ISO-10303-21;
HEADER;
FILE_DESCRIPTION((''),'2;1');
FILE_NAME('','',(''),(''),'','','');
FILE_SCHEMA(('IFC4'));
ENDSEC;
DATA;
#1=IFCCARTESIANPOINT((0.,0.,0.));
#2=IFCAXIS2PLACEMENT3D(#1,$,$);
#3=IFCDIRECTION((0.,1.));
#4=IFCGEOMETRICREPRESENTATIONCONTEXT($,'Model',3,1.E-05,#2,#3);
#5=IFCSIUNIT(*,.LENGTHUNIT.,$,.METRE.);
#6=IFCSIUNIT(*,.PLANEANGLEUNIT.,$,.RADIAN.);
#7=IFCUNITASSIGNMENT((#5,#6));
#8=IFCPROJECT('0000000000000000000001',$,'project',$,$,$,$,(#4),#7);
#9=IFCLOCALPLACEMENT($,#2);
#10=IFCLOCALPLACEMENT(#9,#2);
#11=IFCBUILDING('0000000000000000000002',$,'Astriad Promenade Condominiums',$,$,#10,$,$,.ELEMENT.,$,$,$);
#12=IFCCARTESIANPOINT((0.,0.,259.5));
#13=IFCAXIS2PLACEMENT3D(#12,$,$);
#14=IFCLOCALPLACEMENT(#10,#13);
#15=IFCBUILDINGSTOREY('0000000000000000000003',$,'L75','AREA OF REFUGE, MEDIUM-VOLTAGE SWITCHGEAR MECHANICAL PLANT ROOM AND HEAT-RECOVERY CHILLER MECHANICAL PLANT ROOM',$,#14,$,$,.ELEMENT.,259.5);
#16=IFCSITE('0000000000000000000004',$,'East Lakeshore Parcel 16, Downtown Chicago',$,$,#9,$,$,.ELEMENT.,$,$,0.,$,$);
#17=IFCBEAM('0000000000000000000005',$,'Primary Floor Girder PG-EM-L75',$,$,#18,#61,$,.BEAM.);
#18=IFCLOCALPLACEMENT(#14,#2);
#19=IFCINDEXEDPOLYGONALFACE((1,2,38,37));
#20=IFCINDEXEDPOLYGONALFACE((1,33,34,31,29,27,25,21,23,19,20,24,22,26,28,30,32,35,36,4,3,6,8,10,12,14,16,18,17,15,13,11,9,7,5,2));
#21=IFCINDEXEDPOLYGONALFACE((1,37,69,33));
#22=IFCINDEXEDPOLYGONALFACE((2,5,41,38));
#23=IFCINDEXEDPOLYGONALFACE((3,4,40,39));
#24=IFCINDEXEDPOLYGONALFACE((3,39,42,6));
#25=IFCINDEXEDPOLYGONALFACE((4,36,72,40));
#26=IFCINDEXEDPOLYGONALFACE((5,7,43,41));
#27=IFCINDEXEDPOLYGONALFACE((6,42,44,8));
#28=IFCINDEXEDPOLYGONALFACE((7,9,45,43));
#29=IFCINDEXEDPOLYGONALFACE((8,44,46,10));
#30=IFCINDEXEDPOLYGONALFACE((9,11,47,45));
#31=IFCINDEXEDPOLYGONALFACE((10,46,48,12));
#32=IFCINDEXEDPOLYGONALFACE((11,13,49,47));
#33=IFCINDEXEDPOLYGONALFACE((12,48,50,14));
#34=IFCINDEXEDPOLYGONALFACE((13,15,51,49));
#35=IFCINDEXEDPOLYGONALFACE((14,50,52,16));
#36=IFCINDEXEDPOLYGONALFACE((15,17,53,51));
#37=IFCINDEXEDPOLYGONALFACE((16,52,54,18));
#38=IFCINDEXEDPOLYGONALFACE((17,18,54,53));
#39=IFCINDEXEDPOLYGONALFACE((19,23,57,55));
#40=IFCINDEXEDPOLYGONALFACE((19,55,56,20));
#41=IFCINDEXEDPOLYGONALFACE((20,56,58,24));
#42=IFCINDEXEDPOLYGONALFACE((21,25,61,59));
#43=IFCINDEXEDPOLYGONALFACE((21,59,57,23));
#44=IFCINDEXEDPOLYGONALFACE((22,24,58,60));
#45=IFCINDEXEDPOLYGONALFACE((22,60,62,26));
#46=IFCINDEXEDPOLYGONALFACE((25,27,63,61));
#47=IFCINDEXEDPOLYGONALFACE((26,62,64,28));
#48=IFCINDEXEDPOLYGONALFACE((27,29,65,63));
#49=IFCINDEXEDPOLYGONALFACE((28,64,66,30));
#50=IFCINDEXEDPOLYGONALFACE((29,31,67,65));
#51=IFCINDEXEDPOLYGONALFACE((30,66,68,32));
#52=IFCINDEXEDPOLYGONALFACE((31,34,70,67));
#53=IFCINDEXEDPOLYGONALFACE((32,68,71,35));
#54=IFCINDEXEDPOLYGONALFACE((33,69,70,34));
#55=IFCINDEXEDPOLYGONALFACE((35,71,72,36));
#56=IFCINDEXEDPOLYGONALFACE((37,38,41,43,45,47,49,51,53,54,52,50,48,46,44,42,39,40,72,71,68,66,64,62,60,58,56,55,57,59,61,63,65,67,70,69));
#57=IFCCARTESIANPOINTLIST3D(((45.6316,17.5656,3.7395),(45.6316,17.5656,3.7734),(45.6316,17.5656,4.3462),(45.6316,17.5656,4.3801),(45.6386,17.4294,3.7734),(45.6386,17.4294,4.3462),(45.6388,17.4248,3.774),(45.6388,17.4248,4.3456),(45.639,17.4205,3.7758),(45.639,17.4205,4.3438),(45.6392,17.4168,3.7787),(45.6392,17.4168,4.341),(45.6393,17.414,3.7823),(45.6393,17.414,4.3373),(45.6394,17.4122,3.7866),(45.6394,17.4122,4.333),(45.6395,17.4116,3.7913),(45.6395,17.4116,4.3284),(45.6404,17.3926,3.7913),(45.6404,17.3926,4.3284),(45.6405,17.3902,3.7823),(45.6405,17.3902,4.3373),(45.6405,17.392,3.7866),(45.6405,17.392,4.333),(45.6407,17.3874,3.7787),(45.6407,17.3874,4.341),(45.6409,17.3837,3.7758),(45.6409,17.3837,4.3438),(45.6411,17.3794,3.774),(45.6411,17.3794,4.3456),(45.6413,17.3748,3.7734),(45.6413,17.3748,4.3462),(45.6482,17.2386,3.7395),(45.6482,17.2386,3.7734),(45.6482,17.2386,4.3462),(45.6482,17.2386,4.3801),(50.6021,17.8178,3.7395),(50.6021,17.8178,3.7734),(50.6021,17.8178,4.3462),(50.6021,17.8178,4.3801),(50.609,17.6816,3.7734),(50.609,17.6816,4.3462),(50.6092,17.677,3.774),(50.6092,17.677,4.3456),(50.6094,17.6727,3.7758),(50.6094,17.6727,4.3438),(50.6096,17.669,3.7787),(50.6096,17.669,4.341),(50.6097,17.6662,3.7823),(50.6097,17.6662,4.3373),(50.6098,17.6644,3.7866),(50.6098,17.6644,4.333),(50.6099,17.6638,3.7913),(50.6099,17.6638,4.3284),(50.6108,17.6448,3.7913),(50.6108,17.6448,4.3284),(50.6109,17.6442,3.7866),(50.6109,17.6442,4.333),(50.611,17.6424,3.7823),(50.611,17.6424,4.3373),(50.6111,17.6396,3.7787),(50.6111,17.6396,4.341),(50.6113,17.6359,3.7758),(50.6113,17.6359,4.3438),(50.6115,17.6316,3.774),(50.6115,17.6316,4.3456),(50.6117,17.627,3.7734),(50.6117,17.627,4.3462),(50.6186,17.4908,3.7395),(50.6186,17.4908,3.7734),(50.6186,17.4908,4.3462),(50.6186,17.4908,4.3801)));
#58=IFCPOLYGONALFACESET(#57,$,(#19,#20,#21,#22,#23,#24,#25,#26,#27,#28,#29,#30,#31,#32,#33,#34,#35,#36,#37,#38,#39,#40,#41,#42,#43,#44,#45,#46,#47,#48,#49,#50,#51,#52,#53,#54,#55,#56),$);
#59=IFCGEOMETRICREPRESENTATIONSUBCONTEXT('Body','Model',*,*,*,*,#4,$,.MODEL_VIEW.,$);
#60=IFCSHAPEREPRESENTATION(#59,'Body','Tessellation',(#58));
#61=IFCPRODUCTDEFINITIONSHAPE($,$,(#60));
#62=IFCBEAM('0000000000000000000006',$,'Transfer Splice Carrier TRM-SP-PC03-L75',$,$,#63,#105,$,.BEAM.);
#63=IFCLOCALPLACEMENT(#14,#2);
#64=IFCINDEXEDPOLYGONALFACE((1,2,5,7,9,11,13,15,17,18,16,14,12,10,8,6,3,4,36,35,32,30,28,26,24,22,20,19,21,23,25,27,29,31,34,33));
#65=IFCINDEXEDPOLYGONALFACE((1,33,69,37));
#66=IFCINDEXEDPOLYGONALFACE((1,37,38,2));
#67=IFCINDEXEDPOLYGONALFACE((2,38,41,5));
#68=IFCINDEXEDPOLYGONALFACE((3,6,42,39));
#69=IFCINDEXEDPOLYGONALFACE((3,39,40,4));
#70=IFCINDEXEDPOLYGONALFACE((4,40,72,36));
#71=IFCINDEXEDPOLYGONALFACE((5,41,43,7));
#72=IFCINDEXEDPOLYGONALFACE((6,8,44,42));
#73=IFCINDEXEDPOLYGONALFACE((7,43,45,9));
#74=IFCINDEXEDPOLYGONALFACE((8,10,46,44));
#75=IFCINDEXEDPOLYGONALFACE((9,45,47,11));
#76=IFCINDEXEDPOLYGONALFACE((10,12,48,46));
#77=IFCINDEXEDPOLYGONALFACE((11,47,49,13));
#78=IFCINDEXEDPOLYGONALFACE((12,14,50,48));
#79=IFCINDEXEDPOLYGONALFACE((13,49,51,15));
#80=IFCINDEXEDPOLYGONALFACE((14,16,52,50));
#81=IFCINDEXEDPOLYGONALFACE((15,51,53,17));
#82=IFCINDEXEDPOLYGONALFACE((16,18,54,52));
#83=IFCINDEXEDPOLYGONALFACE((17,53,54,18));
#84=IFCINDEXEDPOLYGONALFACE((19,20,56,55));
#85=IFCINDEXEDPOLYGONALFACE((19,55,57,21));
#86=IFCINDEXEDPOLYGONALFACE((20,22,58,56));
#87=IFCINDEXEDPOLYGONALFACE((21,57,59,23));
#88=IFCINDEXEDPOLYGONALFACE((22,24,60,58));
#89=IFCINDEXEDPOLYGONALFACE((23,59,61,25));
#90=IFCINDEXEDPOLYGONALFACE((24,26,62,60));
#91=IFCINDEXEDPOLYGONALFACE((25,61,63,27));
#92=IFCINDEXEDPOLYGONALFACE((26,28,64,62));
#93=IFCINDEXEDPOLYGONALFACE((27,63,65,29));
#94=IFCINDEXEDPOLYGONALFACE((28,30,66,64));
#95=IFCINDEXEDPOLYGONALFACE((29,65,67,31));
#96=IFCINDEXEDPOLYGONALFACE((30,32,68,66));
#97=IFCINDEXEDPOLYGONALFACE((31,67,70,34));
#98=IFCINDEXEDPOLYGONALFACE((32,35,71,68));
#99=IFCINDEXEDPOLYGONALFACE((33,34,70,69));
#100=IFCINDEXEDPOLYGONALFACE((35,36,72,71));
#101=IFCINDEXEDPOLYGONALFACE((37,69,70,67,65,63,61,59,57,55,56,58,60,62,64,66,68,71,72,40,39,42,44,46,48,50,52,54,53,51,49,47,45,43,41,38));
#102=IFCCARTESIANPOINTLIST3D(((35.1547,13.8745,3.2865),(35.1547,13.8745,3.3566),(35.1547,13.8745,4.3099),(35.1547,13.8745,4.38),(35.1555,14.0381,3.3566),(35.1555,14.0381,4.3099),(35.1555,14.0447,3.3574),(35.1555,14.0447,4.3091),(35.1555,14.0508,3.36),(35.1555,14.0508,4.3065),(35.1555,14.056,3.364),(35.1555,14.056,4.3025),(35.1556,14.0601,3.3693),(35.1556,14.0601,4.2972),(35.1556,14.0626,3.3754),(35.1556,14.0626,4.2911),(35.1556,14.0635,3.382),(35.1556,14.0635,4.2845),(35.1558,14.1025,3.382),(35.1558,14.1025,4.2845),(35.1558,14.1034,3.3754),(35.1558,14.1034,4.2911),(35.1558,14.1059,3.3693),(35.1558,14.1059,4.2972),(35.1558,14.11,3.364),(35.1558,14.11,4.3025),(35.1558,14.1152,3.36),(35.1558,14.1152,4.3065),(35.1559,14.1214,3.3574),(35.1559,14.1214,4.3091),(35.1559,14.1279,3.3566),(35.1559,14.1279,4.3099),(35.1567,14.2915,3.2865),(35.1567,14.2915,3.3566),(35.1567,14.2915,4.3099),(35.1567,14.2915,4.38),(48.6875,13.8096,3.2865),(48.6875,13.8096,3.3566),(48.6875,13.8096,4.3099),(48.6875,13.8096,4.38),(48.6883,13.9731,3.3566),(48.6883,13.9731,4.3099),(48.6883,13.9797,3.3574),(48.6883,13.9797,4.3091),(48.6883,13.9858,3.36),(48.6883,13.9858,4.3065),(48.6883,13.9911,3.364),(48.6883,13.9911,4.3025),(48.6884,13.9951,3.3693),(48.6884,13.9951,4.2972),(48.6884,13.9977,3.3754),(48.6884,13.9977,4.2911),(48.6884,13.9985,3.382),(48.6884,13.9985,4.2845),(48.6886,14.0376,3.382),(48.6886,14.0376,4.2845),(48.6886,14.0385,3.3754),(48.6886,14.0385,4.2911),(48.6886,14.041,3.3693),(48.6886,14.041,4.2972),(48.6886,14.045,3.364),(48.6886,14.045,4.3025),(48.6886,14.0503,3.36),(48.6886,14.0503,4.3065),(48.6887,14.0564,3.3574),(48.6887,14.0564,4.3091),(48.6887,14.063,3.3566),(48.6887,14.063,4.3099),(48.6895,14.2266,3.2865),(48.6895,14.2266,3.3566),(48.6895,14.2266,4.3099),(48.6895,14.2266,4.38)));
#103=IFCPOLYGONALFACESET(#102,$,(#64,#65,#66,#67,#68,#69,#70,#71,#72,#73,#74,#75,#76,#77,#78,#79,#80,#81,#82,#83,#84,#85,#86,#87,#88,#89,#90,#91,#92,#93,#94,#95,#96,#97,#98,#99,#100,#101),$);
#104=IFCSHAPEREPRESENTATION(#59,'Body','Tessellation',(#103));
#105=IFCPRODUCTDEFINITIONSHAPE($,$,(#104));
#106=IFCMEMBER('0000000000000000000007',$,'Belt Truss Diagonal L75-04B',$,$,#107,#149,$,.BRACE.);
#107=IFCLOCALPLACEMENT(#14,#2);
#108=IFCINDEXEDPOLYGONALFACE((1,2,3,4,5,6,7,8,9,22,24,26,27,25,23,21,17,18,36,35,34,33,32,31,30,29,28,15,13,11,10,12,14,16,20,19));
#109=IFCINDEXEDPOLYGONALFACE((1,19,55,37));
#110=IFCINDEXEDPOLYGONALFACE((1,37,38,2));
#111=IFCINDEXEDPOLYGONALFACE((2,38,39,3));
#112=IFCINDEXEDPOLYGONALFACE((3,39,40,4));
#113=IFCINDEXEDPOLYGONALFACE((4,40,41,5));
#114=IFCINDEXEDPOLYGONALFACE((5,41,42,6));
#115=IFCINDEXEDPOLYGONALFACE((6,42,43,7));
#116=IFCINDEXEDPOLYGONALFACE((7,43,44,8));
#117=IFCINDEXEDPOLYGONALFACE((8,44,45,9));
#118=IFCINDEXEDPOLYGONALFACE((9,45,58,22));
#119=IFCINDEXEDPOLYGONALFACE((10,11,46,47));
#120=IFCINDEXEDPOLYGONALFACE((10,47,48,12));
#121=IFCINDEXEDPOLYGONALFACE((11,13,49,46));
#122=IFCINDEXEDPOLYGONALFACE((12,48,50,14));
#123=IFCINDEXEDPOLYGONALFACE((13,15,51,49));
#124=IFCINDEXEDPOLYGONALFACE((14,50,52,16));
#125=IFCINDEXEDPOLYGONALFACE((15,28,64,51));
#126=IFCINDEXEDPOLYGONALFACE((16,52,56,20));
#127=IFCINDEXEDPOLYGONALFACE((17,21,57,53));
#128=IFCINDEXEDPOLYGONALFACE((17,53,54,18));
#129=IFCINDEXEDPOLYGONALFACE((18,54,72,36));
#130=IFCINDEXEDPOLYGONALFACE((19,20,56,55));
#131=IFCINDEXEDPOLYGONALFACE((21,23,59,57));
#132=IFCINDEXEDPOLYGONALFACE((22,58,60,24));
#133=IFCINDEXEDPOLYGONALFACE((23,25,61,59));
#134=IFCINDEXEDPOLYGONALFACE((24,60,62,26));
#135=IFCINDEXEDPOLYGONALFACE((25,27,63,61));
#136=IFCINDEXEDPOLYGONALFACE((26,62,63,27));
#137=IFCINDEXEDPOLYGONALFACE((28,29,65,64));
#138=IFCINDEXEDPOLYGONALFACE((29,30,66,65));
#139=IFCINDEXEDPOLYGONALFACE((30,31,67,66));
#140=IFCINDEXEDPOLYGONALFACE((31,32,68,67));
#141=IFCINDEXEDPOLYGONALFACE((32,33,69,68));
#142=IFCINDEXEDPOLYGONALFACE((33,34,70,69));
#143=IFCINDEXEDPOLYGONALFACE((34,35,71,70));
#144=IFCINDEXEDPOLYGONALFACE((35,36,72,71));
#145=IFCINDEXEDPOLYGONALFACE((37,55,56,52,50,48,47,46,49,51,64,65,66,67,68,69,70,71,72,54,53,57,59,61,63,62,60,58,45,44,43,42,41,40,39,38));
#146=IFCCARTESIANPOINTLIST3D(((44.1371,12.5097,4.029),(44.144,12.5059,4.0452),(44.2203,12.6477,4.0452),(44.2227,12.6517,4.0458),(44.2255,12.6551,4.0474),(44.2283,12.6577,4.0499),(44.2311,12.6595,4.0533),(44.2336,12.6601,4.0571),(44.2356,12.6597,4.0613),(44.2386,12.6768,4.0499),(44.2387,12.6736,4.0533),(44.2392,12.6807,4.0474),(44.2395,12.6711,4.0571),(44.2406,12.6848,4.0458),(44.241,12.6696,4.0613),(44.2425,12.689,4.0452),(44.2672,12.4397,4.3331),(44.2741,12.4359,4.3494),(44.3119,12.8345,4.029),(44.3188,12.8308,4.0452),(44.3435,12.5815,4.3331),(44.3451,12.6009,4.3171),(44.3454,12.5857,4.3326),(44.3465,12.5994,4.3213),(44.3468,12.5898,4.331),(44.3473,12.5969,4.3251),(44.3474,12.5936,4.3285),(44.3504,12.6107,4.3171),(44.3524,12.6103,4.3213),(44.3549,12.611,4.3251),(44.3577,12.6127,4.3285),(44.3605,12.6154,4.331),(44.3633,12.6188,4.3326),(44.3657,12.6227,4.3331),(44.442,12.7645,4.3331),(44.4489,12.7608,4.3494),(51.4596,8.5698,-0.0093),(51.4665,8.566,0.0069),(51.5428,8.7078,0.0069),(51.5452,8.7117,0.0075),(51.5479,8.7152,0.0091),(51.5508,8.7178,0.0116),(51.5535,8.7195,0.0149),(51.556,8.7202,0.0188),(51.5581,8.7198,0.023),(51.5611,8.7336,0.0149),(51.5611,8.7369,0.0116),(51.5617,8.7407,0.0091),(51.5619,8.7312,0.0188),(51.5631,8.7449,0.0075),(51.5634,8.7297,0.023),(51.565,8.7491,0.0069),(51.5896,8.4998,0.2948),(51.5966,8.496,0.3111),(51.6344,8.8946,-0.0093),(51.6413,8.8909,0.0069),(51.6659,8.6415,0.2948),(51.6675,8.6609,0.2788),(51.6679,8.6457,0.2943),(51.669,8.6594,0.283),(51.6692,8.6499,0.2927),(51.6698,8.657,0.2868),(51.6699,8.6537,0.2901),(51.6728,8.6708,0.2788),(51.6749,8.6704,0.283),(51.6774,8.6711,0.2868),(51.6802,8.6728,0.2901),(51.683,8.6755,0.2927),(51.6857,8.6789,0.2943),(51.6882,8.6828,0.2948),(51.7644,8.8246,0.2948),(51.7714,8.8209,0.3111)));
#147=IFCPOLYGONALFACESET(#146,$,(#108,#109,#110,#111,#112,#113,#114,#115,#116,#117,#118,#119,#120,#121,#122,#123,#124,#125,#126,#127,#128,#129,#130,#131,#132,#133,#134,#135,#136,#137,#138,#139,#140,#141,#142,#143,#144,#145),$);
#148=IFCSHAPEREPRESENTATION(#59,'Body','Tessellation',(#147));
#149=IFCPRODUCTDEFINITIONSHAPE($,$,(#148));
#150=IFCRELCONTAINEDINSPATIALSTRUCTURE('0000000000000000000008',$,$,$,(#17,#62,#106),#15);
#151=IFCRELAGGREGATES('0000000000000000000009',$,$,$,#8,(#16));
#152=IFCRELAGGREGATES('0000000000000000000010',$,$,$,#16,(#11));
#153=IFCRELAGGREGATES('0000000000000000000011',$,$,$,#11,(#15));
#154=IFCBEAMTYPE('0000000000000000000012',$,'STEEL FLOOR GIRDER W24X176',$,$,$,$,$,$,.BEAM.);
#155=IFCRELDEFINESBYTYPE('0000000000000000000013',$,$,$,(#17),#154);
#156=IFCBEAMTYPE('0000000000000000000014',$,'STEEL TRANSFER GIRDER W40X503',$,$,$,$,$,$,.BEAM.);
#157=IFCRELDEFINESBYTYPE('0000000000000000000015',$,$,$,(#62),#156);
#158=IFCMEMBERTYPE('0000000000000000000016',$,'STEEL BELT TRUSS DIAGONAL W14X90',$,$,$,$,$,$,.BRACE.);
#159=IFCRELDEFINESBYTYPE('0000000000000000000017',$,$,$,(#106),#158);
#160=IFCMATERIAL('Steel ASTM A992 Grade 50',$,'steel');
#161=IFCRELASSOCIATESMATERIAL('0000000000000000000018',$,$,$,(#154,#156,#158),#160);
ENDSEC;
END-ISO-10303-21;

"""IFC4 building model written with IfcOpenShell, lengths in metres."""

from ifc_helpers import new_model, si_unit, direction, frame, origin, origin_2d, place, context, subcontext, project, spatial, i_section, extrude, source, transform, mapped, material, material_profile, profile_set, type_object, type_shapes, element, save


model = new_model("IFC4")

# Units and contexts
model_context = context("Model", 3, precision=1e-05, world=origin(), true_north=direction((0.0, 1.0)))
body_context = subcontext(model_context, "Body", "Model", "MODEL_VIEW")
ifc_project = project(units=[si_unit("LENGTHUNIT", "METRE"), si_unit("PLANEANGLEUNIT", "RADIAN")], contexts=[model_context])

# Site, building, storey
site_placement = place(None, origin())
site = spatial("IfcSite", under=ifc_project, at=site_placement, Name="East Lakeshore Parcel 16, Downtown Chicago", CompositionType="ELEMENT", RefElevation=0.0)
building_placement = place(site_placement, origin())
building = spatial("IfcBuilding", under=site, at=building_placement, Name="Astriad Promenade Condominiums", CompositionType="ELEMENT")
storey_placement = place(building_placement, frame((0.0, 0.0, 259.5)))
storey = spatial("IfcBuildingStorey", under=building, at=storey_placement, Name="L75", Description="AREA OF REFUGE, MEDIUM-VOLTAGE SWITCHGEAR MECHANICAL PLANT ROOM AND HEAT-RECOVERY CHILLER MECHANICAL PLANT ROOM", CompositionType="ELEMENT", Elevation=259.5)

# Shared definitions
ifc_material_1 = material(Name="Steel ASTM A992 Grade 50", Category="steel")

# Beams
ifc_material_profile_1 = material_profile(ifc_material_1, i_section(OverallWidth=0.3274, OverallDepth=0.6406, WebThickness=0.019, FlangeThickness=0.0339, FilletRadius=0.0178, at=origin_2d()), Name="W24X176")
ifc_profile_set_1 = profile_set([ifc_material_profile_1], Name="Steel ASTM A992 Grade 50")
beam_type_1 = type_object("IfcBeamType", Name="STEEL FLOOR GIRDER W24X176", PredefinedType="BEAM", material=ifc_profile_set_1)
shared_shape_1 = source(origin(), body_context, "Body", "SweptSolid", [
    extrude(i_section(OverallWidth=0.3274, OverallDepth=0.6406, WebThickness=0.019, FlangeThickness=0.0339, FilletRadius=0.0178, at=origin_2d()), origin(), (0.0, 0.0, 1.0), 4.9768),
])
type_shapes(beam_type_1, [shared_shape_1])
beam_1_placement = place(storey_placement, frame((50.6104, 17.6543, 4.0598), z_axis=(-0.998715, -0.050674, 0.0), x_axis=(0.050674, -0.998715, 0.0)))
element("IfcBeam", 1, at=beam_1_placement, inside=storey, type_object=beam_type_1, Name="Primary Floor Girder PG-EM-L75", PredefinedType="BEAM", context=body_context, shape_type="MappedRepresentation", body=[
    mapped(shared_shape_1, transform((0.0, 0.0, 0.0), scale=1.0)),
])
ifc_material_profile_2 = material_profile(ifc_material_1, i_section(OverallWidth=0.417, OverallDepth=1.0935, WebThickness=0.0391, FlangeThickness=0.0701, FilletRadius=0.0254, at=origin_2d()), Name="W40X503")
ifc_profile_set_2 = profile_set([ifc_material_profile_2], Name="Steel ASTM A992 Grade 50")
beam_type_2 = type_object("IfcBeamType", Name="STEEL TRANSFER GIRDER W40X503", PredefinedType="BEAM", material=ifc_profile_set_2)
shared_shape_2 = source(origin(), body_context, "Body", "SweptSolid", [
    extrude(i_section(OverallWidth=0.417, OverallDepth=1.0935, WebThickness=0.0391, FlangeThickness=0.0701, FilletRadius=0.0254, at=origin_2d()), origin(), (0.0, 0.0, 1.0), 13.533),
])
type_shapes(beam_type_2, [shared_shape_2])
beam_2_placement = place(storey_placement, frame((48.6885, 14.0181, 3.8333), z_axis=(-0.999988, 0.004799, 0.0), x_axis=(-0.004799, -0.999988, 0.0)))
element("IfcBeam", 2, at=beam_2_placement, inside=storey, type_object=beam_type_2, Name="Transfer Splice Carrier TRM-SP-PC03-L75", PredefinedType="BEAM", context=body_context, shape_type="MappedRepresentation", body=[
    mapped(shared_shape_2, transform((0.0, 0.0, 0.0), scale=1.0)),
])

# Member
ifc_material_profile_3 = material_profile(ifc_material_1, i_section(OverallWidth=0.3689, OverallDepth=0.3562, WebThickness=0.0112, FlangeThickness=0.0181, FilletRadius=0.0178, at=origin_2d()), Name="W14X90")
ifc_profile_set_3 = profile_set([ifc_material_profile_3], Name="Steel ASTM A992 Grade 50")
member_type_1 = type_object("IfcMemberType", Name="STEEL BELT TRUSS DIAGONAL W14X90", PredefinedType="BRACE", material=ifc_profile_set_3)
shared_shape_3 = source(origin(), body_context, "Body", "SweptSolid", [
    extrude(i_section(OverallWidth=0.3689, OverallDepth=0.3562, WebThickness=0.0112, FlangeThickness=0.0181, FilletRadius=0.0178, at=origin_2d()), origin(), (0.0, 0.0, 1.0), 9.2439),
])
member_1_placement = place(storey_placement, frame((51.6155, 8.6953, 0.1509), z_axis=(-0.792142, 0.426219, 0.436863), x_axis=(-0.473825, -0.880619, 0.0)))
element("IfcMember", 3, at=member_1_placement, inside=storey, type_object=member_type_1, Name="Belt Truss Diagonal L75-04B", PredefinedType="BRACE", context=body_context, shape_type="MappedRepresentation", body=[
    mapped(shared_shape_3, transform((0.0, 0.0, 0.0), scale=1.0)),
])

save(model, "model.ifc")
